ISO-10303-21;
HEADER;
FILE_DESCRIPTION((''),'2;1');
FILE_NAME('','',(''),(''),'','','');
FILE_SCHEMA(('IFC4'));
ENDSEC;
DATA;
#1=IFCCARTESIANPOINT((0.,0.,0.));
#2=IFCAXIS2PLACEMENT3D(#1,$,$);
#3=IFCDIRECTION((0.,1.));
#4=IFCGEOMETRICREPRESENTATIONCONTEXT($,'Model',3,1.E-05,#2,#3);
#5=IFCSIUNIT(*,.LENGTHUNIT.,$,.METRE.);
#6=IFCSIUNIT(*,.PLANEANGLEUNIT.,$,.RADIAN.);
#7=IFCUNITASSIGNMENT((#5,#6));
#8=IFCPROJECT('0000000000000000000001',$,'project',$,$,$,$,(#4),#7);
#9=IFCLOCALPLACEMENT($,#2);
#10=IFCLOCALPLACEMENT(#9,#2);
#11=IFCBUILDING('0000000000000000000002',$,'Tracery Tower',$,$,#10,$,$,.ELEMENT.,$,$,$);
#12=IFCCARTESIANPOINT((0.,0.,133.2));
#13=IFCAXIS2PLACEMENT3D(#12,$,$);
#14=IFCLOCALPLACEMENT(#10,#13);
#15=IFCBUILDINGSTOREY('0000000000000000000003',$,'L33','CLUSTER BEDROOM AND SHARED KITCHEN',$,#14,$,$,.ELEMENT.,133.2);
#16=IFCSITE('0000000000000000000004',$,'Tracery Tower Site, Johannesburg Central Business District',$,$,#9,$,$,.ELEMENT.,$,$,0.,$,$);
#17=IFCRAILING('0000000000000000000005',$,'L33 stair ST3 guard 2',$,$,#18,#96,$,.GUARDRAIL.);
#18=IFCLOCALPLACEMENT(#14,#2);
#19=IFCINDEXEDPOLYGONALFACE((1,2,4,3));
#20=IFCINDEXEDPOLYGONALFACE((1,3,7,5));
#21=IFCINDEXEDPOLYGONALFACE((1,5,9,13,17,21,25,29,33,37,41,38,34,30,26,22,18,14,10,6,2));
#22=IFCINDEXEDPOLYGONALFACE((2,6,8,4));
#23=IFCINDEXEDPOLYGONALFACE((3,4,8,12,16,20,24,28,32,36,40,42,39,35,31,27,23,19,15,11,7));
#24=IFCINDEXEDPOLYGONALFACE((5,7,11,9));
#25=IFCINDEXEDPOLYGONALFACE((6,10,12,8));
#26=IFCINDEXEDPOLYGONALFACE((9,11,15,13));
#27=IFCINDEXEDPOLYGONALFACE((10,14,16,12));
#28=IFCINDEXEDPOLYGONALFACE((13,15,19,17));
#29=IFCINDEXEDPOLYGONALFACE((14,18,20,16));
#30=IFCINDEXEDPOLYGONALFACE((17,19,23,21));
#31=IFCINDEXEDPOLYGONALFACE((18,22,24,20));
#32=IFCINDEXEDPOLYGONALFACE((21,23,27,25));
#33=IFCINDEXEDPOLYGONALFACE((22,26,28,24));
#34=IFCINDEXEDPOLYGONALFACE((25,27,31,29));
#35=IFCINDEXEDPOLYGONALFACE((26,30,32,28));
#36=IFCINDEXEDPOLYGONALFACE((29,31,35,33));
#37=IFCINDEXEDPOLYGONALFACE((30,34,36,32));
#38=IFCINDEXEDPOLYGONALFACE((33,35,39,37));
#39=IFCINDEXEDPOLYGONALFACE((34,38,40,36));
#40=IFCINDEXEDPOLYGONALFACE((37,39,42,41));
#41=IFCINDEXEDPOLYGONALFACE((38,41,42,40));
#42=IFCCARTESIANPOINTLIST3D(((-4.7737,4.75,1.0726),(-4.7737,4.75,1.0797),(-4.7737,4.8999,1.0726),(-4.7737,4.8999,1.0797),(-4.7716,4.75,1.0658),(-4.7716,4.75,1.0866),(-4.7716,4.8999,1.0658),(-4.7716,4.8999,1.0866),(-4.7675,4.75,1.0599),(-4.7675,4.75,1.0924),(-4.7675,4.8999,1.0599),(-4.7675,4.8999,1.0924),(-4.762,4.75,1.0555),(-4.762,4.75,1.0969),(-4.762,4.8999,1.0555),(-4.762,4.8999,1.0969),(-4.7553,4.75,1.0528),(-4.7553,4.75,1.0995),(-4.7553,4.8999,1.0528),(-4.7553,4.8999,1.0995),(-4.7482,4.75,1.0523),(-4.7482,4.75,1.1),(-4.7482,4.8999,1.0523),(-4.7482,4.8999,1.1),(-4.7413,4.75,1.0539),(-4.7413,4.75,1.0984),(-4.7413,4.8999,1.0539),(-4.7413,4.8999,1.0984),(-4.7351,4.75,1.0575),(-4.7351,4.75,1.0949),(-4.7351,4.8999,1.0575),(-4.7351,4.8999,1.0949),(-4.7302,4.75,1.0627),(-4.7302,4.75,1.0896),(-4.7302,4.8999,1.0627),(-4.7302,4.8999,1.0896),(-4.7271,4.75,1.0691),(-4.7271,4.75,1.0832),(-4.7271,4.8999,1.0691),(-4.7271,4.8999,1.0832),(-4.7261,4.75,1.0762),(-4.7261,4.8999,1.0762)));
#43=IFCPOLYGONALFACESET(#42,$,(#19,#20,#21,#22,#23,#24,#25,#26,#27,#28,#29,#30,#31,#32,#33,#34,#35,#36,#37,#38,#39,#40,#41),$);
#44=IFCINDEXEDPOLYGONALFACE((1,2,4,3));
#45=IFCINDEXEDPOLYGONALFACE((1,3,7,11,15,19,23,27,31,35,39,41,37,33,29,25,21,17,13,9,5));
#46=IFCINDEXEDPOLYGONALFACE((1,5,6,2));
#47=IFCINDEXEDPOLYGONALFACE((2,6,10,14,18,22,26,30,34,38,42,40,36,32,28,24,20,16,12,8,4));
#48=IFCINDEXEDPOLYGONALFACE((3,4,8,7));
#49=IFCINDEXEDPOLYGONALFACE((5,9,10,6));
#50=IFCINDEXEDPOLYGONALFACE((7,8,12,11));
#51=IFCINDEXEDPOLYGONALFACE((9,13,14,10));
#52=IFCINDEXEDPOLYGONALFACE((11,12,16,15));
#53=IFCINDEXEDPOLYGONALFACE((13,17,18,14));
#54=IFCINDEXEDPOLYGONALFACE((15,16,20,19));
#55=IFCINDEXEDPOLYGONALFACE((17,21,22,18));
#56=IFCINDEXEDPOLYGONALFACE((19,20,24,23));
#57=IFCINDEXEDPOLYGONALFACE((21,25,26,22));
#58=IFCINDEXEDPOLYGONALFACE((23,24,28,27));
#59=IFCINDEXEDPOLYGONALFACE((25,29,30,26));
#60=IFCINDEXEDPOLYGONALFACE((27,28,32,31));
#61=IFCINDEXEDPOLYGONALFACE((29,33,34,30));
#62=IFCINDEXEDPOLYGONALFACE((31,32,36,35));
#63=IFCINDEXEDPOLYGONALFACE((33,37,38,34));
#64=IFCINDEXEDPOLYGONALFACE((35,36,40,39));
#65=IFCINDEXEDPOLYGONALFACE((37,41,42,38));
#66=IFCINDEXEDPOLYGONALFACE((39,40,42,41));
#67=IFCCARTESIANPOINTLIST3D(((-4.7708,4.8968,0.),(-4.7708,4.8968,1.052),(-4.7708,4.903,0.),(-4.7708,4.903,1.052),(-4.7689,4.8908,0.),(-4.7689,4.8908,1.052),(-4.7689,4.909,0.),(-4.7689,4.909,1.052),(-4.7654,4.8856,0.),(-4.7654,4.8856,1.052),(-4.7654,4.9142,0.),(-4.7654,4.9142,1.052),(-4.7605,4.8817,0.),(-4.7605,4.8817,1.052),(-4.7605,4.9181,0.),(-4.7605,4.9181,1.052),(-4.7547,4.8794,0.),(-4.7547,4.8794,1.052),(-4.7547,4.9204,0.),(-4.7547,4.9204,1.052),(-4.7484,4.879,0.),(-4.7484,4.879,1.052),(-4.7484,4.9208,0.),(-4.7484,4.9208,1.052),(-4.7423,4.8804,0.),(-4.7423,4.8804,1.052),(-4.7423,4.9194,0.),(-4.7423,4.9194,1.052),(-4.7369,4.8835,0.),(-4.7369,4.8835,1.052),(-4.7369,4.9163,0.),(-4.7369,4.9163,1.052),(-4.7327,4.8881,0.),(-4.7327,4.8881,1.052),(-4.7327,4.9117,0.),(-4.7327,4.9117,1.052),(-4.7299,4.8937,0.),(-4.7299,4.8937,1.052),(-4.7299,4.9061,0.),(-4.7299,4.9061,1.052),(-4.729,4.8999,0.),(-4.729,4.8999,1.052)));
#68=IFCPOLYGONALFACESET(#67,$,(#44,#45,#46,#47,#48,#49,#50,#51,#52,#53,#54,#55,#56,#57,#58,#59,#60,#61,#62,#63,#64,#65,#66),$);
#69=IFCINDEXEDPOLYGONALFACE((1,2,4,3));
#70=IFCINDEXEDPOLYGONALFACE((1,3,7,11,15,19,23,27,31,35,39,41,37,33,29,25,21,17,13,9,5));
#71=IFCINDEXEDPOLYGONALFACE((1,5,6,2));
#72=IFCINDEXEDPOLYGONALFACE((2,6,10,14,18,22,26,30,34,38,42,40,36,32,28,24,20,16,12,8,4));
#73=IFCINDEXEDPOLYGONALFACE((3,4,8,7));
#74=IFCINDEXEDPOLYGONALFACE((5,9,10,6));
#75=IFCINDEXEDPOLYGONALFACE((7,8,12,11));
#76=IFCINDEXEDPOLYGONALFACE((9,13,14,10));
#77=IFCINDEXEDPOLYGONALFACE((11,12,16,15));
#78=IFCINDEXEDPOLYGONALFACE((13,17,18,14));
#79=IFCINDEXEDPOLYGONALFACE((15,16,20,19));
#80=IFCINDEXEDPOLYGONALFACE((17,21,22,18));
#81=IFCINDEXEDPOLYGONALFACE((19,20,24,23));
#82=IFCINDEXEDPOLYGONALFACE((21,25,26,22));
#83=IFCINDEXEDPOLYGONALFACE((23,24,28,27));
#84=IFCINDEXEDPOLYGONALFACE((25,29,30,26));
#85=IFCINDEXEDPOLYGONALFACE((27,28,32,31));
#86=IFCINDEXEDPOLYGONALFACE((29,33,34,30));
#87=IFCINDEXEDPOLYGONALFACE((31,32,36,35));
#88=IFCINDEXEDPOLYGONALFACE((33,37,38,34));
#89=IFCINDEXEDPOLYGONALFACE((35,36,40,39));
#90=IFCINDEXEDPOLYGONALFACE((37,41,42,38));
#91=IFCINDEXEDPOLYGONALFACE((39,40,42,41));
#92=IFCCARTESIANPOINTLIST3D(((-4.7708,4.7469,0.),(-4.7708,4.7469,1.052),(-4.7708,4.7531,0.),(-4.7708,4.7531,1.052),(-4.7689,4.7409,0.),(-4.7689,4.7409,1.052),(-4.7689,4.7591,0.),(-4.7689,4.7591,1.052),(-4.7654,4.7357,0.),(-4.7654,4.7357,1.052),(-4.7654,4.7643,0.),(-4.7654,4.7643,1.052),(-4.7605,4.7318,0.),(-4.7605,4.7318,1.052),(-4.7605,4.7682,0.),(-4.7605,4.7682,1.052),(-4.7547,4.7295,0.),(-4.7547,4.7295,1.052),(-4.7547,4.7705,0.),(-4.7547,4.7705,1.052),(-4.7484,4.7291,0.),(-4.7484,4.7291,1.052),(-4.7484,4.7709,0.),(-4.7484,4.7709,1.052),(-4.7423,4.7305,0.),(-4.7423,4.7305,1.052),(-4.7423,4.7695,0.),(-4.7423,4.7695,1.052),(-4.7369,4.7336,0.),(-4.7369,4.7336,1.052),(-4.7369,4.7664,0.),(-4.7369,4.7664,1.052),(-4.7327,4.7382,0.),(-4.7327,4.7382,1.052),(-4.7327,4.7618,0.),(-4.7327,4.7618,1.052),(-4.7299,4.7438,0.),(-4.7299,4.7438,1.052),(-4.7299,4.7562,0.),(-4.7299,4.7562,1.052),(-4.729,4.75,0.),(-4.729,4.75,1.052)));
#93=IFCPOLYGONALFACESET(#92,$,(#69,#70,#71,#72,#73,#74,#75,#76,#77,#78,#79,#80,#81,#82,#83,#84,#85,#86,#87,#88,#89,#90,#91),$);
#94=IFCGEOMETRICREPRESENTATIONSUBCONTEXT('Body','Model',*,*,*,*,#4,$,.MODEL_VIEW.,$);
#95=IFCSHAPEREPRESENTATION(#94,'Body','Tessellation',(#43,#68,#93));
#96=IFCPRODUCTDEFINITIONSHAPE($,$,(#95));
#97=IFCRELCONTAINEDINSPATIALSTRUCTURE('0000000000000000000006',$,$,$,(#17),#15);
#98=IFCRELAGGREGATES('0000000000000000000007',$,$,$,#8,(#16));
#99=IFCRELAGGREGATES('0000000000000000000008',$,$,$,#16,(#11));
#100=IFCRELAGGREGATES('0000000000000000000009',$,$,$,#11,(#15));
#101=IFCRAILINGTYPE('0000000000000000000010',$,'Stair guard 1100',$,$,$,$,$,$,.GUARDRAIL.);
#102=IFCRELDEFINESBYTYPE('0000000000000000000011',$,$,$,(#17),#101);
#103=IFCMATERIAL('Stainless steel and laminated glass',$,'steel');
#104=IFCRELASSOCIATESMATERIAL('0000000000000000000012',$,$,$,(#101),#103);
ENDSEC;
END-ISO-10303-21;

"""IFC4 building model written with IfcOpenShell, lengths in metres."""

from ifc_helpers import new_model, si_unit, direction, frame, origin, origin_2d, place, context, subcontext, project, spatial, circle, extrude, material, type_object, element, save


model = new_model("IFC4")

# Units and contexts
model_context = context("Model", 3, precision=1e-05, world=origin(), true_north=direction((0.0, 1.0)))
body_context = subcontext(model_context, "Body", "Model", "MODEL_VIEW")
ifc_project = project(units=[si_unit("LENGTHUNIT", "METRE"), si_unit("PLANEANGLEUNIT", "RADIAN")], contexts=[model_context])

# Site, building, storey
site_placement = place(None, origin())
site = spatial("IfcSite", under=ifc_project, at=site_placement, Name="Tracery Tower Site, Johannesburg Central Business District", CompositionType="ELEMENT", RefElevation=0.0)
building_placement = place(site_placement, origin())
building = spatial("IfcBuilding", under=site, at=building_placement, Name="Tracery Tower", CompositionType="ELEMENT")
storey_placement = place(building_placement, frame((0.0, 0.0, 133.2)))
storey = spatial("IfcBuildingStorey", under=building, at=storey_placement, Name="L33", Description="CLUSTER BEDROOM AND SHARED KITCHEN", CompositionType="ELEMENT", Elevation=133.2)

# Railing
ifc_material_1 = material(Name="Stainless steel and laminated glass", Category="steel")
railing_type_1 = type_object("IfcRailingType", Name="Stair guard 1100", PredefinedType="GUARDRAIL", material=ifc_material_1)
railing_1_placement = place(storey_placement, frame((-4.75, 4.8999, 0.0)))
element("IfcRailing", 1, at=railing_1_placement, inside=storey, type_object=railing_type_1, Name="L33 stair ST3 guard 2", PredefinedType="GUARDRAIL", context=body_context, shape_type="SweptSolid", body=[
    extrude(circle(Radius=0.0239, at=origin_2d()), frame((0.0, 0.0, 1.0762), z_axis=(0.0, -1.0, 0.0), x_axis=(1.0, 0.0, 0.0)), (0.0, 0.0, 1.0), 0.1499),
    extrude(circle(Radius=0.021, at=origin_2d()), origin(), (0.0, 0.0, 1.0), 1.052),
    extrude(circle(Radius=0.021, at=origin_2d()), frame((0.0, -0.1499, 0.0)), (0.0, 0.0, 1.0), 1.052),
])

save(model, "model.ifc")
